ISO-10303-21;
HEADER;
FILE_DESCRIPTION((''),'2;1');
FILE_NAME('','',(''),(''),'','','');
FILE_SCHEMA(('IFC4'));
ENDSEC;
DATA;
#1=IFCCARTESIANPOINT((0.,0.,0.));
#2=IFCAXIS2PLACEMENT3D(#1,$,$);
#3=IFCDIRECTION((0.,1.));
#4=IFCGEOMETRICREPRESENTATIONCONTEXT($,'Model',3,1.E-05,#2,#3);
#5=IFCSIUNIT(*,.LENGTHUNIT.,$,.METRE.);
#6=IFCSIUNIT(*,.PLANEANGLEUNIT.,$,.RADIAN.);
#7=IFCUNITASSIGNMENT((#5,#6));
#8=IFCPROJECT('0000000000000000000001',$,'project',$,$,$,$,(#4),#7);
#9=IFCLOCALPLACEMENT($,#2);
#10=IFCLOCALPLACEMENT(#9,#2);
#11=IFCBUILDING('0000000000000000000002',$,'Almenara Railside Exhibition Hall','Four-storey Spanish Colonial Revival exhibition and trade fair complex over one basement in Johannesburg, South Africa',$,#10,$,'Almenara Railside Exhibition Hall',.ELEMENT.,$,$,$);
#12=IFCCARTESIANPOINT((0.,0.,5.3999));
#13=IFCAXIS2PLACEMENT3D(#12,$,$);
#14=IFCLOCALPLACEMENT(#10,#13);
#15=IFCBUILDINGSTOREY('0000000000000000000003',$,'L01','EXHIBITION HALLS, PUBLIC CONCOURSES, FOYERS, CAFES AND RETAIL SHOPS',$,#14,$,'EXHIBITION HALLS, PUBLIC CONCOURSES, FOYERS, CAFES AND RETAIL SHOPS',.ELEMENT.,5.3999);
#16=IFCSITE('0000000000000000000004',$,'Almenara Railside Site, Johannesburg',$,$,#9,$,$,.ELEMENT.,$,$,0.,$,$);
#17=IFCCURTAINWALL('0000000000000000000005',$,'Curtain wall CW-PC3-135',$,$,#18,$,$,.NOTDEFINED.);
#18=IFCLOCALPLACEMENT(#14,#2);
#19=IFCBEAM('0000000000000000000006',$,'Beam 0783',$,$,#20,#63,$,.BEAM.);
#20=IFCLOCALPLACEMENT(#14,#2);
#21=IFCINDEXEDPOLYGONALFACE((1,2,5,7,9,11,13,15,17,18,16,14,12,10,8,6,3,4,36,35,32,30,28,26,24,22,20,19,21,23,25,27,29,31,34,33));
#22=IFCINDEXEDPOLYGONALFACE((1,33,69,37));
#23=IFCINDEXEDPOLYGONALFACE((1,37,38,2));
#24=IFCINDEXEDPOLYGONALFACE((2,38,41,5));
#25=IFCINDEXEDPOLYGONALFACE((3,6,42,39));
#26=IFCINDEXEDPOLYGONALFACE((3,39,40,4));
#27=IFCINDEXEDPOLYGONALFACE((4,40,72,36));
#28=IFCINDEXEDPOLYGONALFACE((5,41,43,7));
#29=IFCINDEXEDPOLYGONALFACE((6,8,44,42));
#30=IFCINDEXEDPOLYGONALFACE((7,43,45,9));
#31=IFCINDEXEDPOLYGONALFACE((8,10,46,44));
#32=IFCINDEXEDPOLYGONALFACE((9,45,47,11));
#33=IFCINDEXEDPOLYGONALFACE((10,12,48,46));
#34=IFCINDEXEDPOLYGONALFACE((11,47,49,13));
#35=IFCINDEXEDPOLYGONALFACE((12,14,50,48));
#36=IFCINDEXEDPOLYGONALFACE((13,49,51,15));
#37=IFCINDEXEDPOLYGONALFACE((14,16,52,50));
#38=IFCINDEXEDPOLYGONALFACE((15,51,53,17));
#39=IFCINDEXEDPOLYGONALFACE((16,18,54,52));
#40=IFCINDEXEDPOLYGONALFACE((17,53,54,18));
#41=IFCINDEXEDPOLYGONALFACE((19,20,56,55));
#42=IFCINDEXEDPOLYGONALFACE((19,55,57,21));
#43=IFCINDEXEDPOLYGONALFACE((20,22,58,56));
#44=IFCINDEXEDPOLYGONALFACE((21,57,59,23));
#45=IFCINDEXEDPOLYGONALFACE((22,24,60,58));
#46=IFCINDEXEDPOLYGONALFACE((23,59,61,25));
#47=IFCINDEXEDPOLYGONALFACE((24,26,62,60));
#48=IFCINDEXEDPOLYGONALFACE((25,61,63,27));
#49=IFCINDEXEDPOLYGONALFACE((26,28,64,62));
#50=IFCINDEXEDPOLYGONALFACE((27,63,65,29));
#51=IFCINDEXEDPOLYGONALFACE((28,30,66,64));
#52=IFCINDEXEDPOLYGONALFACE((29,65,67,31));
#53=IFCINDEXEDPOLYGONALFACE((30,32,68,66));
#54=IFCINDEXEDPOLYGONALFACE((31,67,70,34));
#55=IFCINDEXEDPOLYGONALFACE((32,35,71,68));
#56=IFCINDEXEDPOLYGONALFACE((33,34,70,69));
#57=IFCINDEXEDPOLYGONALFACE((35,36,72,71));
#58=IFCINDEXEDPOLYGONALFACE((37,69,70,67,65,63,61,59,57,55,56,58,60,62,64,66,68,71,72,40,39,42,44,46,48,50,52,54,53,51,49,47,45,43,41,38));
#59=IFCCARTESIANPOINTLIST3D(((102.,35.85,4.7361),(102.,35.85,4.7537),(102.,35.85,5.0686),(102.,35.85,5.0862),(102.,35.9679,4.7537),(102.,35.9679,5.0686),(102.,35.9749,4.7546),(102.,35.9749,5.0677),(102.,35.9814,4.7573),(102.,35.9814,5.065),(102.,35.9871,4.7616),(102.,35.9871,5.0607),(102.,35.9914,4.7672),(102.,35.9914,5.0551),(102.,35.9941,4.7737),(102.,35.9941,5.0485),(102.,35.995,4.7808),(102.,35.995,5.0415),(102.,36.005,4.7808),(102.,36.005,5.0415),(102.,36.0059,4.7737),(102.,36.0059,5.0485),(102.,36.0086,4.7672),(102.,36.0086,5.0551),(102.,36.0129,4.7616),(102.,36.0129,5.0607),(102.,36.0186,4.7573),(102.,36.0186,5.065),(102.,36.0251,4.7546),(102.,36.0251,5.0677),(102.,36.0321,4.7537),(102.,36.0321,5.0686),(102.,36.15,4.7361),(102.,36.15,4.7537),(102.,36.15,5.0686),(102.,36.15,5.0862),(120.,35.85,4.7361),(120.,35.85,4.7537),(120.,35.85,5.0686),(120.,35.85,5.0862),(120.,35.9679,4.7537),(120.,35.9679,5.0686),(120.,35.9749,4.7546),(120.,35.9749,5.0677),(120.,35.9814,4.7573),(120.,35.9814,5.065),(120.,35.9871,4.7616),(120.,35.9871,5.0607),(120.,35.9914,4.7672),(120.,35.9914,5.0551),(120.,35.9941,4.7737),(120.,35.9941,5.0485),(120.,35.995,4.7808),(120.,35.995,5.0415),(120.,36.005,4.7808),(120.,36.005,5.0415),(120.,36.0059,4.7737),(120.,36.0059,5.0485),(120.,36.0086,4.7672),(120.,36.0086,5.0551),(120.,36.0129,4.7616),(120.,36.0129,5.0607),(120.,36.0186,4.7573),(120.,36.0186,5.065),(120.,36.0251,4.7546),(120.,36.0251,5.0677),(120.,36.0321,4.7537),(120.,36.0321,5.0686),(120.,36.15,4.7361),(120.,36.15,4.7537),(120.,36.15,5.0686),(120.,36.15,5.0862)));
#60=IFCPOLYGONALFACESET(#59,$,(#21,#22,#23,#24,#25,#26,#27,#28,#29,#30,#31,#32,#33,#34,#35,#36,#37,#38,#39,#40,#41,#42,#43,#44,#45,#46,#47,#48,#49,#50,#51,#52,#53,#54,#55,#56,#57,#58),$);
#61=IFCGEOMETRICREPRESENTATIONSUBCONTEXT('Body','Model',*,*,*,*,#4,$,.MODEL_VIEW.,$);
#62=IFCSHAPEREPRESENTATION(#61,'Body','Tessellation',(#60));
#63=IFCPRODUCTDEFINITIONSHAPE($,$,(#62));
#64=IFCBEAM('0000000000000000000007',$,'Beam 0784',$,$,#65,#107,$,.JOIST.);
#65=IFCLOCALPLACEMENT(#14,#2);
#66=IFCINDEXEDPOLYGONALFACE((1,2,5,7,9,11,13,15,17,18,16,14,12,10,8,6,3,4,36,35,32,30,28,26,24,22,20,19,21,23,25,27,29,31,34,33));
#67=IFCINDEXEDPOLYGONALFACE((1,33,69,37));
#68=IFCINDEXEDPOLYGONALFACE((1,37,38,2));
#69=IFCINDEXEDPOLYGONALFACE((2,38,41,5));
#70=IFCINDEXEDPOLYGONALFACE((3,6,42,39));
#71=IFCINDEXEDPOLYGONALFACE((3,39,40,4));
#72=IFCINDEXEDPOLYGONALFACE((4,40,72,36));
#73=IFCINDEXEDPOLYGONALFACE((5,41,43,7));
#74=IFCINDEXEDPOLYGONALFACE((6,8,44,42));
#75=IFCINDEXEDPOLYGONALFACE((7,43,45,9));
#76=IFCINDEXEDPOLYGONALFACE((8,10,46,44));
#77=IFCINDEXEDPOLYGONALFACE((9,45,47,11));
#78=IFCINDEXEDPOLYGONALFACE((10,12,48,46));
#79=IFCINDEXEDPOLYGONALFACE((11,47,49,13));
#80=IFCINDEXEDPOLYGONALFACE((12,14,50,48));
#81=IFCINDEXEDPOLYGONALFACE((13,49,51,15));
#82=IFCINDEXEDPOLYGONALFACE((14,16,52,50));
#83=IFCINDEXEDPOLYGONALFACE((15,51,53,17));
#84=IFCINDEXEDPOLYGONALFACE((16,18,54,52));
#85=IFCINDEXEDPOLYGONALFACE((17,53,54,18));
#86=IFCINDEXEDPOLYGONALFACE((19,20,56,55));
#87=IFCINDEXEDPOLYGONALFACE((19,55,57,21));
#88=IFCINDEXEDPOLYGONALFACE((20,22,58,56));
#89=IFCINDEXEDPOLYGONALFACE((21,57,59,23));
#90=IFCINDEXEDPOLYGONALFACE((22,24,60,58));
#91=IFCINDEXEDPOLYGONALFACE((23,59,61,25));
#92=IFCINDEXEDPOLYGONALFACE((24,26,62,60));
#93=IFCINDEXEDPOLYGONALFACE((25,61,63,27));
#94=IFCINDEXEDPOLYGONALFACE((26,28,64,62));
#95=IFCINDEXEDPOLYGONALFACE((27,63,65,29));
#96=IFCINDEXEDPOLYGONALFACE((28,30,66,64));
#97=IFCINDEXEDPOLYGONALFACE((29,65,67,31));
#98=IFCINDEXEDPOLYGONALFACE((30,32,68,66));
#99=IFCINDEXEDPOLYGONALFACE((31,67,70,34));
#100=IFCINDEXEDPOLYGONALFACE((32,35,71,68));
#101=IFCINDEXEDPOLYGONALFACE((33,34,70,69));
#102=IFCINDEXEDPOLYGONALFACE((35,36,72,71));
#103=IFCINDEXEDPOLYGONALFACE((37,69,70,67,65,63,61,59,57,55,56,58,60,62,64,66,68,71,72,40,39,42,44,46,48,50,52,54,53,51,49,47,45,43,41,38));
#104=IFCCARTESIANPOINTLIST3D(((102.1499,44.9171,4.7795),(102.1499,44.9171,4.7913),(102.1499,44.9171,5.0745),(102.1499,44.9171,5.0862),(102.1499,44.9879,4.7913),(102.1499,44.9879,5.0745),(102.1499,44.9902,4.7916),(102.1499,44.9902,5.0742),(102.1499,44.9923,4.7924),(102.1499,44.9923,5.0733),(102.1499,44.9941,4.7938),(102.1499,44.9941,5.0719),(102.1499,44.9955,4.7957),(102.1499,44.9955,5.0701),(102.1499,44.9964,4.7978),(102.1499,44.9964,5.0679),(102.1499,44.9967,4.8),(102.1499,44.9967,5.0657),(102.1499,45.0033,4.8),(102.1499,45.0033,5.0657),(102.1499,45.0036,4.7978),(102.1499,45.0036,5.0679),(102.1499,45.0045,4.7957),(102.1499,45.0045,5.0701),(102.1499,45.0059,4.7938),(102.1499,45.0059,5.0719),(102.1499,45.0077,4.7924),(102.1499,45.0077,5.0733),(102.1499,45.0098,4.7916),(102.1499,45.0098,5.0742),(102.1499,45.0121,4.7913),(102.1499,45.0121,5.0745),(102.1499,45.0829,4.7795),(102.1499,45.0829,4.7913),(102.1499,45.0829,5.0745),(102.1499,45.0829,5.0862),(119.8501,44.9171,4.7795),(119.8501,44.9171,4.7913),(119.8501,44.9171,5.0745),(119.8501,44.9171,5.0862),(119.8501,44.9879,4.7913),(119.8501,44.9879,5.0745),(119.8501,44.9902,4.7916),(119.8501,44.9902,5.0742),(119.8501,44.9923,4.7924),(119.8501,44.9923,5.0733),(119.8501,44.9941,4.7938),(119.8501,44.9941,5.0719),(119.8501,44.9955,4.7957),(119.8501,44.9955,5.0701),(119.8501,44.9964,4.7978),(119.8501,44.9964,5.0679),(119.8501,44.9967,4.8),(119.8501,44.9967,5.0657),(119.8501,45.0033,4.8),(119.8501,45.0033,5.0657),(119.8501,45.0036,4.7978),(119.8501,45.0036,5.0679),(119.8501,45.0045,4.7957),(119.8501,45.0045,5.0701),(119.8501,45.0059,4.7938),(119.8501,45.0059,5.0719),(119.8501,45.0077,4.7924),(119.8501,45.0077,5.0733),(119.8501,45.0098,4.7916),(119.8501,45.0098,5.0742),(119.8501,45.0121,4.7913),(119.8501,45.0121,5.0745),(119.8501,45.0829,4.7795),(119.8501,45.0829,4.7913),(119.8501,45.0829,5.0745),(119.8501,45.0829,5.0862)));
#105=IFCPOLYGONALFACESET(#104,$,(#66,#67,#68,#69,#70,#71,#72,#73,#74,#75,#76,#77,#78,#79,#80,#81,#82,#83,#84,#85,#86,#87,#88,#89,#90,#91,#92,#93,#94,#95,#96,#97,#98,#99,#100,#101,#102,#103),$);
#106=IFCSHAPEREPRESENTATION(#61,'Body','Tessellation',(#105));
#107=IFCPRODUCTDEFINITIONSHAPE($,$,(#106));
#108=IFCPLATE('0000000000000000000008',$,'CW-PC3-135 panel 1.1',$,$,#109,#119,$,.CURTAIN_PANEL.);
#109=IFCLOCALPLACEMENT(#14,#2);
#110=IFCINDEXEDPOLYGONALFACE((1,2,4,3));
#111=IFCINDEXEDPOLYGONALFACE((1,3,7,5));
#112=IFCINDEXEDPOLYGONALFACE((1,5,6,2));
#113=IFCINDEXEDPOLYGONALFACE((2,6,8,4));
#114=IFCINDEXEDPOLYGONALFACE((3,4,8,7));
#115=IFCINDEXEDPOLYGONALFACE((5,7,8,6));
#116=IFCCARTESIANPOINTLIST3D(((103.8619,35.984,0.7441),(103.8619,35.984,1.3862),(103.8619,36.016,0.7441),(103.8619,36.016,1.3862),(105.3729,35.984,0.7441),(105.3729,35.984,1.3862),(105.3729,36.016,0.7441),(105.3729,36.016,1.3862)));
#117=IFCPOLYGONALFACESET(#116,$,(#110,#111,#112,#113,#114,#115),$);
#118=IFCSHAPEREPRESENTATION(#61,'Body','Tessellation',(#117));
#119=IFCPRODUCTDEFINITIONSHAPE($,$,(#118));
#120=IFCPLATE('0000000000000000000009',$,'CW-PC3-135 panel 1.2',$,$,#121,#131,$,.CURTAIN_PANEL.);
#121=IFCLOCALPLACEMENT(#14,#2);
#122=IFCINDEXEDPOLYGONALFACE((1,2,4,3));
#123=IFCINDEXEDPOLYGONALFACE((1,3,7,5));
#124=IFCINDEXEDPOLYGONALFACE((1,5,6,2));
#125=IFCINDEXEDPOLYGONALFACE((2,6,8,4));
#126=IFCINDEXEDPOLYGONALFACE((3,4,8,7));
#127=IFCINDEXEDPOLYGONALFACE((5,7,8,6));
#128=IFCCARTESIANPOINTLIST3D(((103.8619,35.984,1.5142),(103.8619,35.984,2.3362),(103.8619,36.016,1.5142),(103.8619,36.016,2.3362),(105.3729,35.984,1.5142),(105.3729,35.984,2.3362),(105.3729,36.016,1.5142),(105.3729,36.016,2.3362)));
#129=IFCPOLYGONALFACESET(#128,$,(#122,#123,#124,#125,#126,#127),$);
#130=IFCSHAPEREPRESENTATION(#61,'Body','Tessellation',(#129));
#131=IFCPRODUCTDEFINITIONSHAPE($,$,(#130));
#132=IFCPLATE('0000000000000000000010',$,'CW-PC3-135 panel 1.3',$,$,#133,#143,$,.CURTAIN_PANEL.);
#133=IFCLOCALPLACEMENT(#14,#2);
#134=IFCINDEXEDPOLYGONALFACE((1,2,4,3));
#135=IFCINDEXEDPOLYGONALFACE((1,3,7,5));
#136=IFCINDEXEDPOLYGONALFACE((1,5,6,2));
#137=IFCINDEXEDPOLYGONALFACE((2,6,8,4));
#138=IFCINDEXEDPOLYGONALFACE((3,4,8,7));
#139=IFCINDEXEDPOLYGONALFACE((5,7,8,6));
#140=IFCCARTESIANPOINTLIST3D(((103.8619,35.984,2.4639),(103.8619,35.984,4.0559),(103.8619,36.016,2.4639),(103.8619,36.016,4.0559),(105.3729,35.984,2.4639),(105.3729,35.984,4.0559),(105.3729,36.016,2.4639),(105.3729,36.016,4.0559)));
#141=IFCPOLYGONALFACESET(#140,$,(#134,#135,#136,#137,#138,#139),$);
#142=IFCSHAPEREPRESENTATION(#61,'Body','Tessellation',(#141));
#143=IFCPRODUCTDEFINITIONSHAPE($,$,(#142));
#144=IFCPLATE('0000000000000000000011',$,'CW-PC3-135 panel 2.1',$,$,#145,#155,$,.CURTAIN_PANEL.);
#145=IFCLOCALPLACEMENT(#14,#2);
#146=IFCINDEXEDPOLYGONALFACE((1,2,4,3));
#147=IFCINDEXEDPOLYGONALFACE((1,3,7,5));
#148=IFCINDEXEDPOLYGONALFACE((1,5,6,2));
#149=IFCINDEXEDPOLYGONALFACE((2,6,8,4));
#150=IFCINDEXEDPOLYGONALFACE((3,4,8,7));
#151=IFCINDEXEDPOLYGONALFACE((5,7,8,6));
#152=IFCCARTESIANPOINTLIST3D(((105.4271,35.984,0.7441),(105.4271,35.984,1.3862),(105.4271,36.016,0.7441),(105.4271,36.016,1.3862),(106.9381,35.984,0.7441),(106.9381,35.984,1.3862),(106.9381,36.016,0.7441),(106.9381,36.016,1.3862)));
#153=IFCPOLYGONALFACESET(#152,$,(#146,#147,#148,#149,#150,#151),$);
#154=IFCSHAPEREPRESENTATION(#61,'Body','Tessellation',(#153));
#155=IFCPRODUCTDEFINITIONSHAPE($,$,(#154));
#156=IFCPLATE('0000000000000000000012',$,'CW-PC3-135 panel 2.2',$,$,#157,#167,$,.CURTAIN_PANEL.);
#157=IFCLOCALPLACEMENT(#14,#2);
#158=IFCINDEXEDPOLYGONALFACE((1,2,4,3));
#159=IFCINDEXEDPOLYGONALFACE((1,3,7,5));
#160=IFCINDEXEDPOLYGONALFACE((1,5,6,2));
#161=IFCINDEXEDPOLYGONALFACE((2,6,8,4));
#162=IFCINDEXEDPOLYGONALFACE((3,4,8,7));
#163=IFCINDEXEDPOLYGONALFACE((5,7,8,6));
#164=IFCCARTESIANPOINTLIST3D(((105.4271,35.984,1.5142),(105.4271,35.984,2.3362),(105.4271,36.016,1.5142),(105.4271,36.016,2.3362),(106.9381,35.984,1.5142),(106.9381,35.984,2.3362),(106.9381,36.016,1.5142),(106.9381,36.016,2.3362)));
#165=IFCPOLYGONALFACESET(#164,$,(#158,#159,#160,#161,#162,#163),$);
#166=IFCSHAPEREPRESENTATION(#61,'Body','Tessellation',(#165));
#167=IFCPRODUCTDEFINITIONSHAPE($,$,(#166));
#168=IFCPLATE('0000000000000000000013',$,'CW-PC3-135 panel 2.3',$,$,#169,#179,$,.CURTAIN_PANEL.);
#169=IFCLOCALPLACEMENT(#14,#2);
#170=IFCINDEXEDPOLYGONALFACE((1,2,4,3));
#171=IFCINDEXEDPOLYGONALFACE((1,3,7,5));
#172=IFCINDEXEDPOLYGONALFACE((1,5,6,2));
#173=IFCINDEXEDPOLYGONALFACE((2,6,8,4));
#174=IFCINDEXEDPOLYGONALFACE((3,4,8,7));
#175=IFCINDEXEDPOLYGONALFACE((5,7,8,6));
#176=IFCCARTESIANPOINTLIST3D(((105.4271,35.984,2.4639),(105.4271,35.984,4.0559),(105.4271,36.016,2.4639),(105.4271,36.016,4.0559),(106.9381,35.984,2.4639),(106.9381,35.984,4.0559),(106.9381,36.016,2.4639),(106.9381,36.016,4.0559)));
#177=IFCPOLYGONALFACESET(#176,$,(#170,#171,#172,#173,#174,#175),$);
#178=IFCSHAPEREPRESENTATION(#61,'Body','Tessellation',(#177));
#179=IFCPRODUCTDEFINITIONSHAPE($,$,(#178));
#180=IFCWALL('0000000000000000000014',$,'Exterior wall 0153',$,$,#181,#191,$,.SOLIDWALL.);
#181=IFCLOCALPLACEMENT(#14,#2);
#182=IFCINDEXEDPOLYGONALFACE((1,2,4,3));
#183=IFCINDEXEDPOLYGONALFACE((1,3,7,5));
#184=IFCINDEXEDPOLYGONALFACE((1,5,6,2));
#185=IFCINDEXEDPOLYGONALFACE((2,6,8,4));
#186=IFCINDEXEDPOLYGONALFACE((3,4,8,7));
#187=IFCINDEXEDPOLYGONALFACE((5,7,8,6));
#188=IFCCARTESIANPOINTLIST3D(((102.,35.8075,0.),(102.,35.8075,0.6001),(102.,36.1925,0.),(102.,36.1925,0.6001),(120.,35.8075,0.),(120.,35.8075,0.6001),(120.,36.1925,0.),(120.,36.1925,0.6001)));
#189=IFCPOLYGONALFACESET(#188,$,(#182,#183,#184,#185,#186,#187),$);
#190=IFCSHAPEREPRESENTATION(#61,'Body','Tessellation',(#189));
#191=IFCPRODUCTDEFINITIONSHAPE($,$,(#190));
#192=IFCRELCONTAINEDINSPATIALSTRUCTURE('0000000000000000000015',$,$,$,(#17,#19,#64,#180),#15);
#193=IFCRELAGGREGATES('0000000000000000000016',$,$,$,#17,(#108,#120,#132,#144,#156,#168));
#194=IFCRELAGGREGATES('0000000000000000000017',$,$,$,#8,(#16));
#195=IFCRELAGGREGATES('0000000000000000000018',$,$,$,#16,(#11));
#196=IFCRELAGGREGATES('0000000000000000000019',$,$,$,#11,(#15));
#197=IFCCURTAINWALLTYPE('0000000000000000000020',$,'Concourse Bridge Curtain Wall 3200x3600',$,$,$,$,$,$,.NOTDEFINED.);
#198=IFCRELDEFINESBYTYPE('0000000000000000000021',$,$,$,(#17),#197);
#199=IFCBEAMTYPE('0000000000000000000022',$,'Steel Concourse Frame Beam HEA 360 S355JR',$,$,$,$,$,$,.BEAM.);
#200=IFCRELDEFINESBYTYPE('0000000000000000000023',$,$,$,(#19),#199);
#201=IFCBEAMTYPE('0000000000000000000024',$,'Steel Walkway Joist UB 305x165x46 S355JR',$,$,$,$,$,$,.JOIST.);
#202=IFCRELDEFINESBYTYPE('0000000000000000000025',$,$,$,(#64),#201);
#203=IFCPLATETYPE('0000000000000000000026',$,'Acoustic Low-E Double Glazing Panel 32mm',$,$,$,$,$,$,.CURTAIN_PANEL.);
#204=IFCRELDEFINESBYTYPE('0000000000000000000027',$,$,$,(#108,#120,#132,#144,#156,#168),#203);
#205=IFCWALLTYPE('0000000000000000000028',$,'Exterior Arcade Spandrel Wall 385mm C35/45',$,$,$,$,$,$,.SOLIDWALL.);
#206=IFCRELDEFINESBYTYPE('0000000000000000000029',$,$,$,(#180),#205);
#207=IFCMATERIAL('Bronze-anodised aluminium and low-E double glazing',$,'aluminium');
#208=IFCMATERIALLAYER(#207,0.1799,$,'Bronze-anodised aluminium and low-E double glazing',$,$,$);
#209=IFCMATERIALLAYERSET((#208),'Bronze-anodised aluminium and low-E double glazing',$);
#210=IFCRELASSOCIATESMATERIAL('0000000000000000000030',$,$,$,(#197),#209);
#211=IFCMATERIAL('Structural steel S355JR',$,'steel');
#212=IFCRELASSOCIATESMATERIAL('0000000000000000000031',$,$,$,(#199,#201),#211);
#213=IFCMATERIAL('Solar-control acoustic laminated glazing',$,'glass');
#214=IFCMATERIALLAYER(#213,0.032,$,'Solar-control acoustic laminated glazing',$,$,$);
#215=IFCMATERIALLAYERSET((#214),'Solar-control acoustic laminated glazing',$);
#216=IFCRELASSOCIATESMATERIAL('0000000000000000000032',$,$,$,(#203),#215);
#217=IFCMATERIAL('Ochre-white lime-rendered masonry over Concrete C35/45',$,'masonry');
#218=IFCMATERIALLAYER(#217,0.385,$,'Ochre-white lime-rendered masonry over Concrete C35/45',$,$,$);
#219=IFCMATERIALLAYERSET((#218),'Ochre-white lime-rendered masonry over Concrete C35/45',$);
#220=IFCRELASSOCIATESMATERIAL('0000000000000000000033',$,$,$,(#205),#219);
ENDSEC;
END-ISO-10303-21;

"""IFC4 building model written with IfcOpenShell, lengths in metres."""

from ifc_helpers import new_model, si_unit, direction, frame, frame_2d, origin, origin_2d, place, context, subcontext, project, spatial, rectangle, i_section, extrude, material, layer, layer_set, material_profile, profile_set, type_object, element, aggregate, save


model = new_model("IFC4")

# Units and contexts
model_context = context("Model", 3, precision=1e-05, world=origin(), true_north=direction((0.0, 1.0)))
body_context = subcontext(model_context, "Body", "Model", "MODEL_VIEW")
ifc_project = project(units=[si_unit("LENGTHUNIT", "METRE"), si_unit("PLANEANGLEUNIT", "RADIAN")], contexts=[model_context])

# Site, building, storey
site_placement = place(None, origin())
site = spatial("IfcSite", under=ifc_project, at=site_placement, Name="Almenara Railside Site, Johannesburg", CompositionType="ELEMENT", RefElevation=0.0)
building_placement = place(site_placement, origin())
building = spatial("IfcBuilding", under=site, at=building_placement, Name="Almenara Railside Exhibition Hall", Description="Four-storey Spanish Colonial Revival exhibition and trade fair complex over one basement in Johannesburg, South Africa", LongName="Almenara Railside Exhibition Hall", CompositionType="ELEMENT")
storey_placement = place(building_placement, frame((0.0, 0.0, 5.3999)))
storey = spatial("IfcBuildingStorey", under=building, at=storey_placement, Name="L01", Description="EXHIBITION HALLS, PUBLIC CONCOURSES, FOYERS, CAFES AND RETAIL SHOPS", LongName="EXHIBITION HALLS, PUBLIC CONCOURSES, FOYERS, CAFES AND RETAIL SHOPS", CompositionType="ELEMENT", Elevation=5.3999)

# Shared definitions
ifc_material_1 = material(Name="Bronze-anodised aluminium and low-E double glazing", Category="aluminium")
ifc_layer_1 = layer(ifc_material_1, 0.1799, Name="Bronze-anodised aluminium and low-E double glazing")
ifc_layer_set_1 = layer_set([ifc_layer_1], Name="Bronze-anodised aluminium and low-E double glazing")
curtain_wall_type = type_object("IfcCurtainWallType", Name="Concourse Bridge Curtain Wall 3200x3600", PredefinedType="NOTDEFINED", material=ifc_layer_set_1)

# Curtain wall
curtain_wall_1_placement = place(storey_placement, origin())
curtain_wall_1 = element("IfcCurtainWall", 1, at=curtain_wall_1_placement, inside=storey, type_object=curtain_wall_type, Name="Curtain wall CW-PC3-135", PredefinedType="NOTDEFINED")

# Beams
ifc_material_2 = material(Name="Structural steel S355JR", Category="steel")
ifc_material_profile_1 = material_profile(ifc_material_2, i_section(OverallWidth=0.3, OverallDepth=0.3501, WebThickness=0.01, FlangeThickness=0.0176, FilletRadius=0.0271, at=origin_2d()), Name="HEA 360")
ifc_profile_set_1 = profile_set([ifc_material_profile_1], Name="Structural steel S355JR")
beam_type_1 = type_object("IfcBeamType", Name="Steel Concourse Frame Beam HEA 360 S355JR", PredefinedType="BEAM", material=ifc_profile_set_1)
beam_1_placement = place(storey_placement, frame((102.0, 36.0, 4.9111), z_axis=(1.0, 0.0, 0.0), x_axis=(0.0, 1.0, 0.0)))
element("IfcBeam", 2, at=beam_1_placement, inside=storey, type_object=beam_type_1, Name="Beam 0783", PredefinedType="BEAM", context=body_context, shape_type="SweptSolid", body=[
    extrude(i_section(OverallWidth=0.3, OverallDepth=0.3501, WebThickness=0.01, FlangeThickness=0.0176, FilletRadius=0.0271, at=origin_2d()), origin(), (0.0, 0.0, 1.0), 18.0),
])
ifc_material_profile_2 = material_profile(ifc_material_2, i_section(OverallWidth=0.1658, OverallDepth=0.3066, WebThickness=0.0066, FlangeThickness=0.0117, FilletRadius=0.0088, at=origin_2d()), Name="UB 305x165x46")
ifc_profile_set_2 = profile_set([ifc_material_profile_2], Name="Structural steel S355JR")
beam_type_2 = type_object("IfcBeamType", Name="Steel Walkway Joist UB 305x165x46 S355JR", PredefinedType="JOIST", material=ifc_profile_set_2)
beam_2_placement = place(storey_placement, frame((102.1499, 45.0, 4.9329), z_axis=(1.0, 0.0, 0.0), x_axis=(0.0, 1.0, 0.0)))
element("IfcBeam", 3, at=beam_2_placement, inside=storey, type_object=beam_type_2, Name="Beam 0784", PredefinedType="JOIST", context=body_context, shape_type="SweptSolid", body=[
    extrude(i_section(OverallWidth=0.1658, OverallDepth=0.3066, WebThickness=0.0066, FlangeThickness=0.0117, FilletRadius=0.0088, at=origin_2d()), origin(), (0.0, 0.0, 1.0), 17.7002),
])

# Plates
ifc_material_3 = material(Name="Solar-control acoustic laminated glazing", Category="glass")
ifc_layer_2 = layer(ifc_material_3, 0.032, Name="Solar-control acoustic laminated glazing")
ifc_layer_set_2 = layer_set([ifc_layer_2], Name="Solar-control acoustic laminated glazing")
plate_type = type_object("IfcPlateType", Name="Acoustic Low-E Double Glazing Panel 32mm", PredefinedType="CURTAIN_PANEL", material=ifc_layer_set_2)
plate_1_placement = place(storey_placement, frame((104.6174, 36.0, 0.7441), z_axis=(0.0, 0.0, 1.0), x_axis=(1.0, 0.0, 0.0)))
plate_1 = element("IfcPlate", 4, at=plate_1_placement, type_object=plate_type, Name="CW-PC3-135 panel 1.1", PredefinedType="CURTAIN_PANEL", context=body_context, shape_type="SweptSolid", body=[
    extrude(rectangle(XDim=1.511, YDim=0.032, at=origin_2d()), origin(), (0.0, 0.0, 1.0), 0.6421),
])
plate_2_placement = place(storey_placement, frame((104.6174, 36.0, 1.5142), z_axis=(0.0, 0.0, 1.0), x_axis=(1.0, 0.0, 0.0)))
plate_2 = element("IfcPlate", 5, at=plate_2_placement, type_object=plate_type, Name="CW-PC3-135 panel 1.2", PredefinedType="CURTAIN_PANEL", context=body_context, shape_type="SweptSolid", body=[
    extrude(rectangle(XDim=1.511, YDim=0.032, at=origin_2d()), origin(), (0.0, 0.0, 1.0), 0.822),
])
plate_3_placement = place(storey_placement, frame((104.6174, 36.0, 2.4639), z_axis=(0.0, 0.0, 1.0), x_axis=(1.0, 0.0, 0.0)))
plate_3 = element("IfcPlate", 6, at=plate_3_placement, type_object=plate_type, Name="CW-PC3-135 panel 1.3", PredefinedType="CURTAIN_PANEL", context=body_context, shape_type="SweptSolid", body=[
    extrude(rectangle(XDim=1.511, YDim=0.032, at=origin_2d()), origin(), (0.0, 0.0, 1.0), 1.592),
])
plate_4_placement = place(storey_placement, frame((106.1826, 36.0, 0.7441), z_axis=(0.0, 0.0, 1.0), x_axis=(1.0, 0.0, 0.0)))
plate_4 = element("IfcPlate", 7, at=plate_4_placement, type_object=plate_type, Name="CW-PC3-135 panel 2.1", PredefinedType="CURTAIN_PANEL", context=body_context, shape_type="SweptSolid", body=[
    extrude(rectangle(XDim=1.511, YDim=0.032, at=origin_2d()), origin(), (0.0, 0.0, 1.0), 0.6421),
])
plate_5_placement = place(storey_placement, frame((106.1826, 36.0, 1.5142), z_axis=(0.0, 0.0, 1.0), x_axis=(1.0, 0.0, 0.0)))
plate_5 = element("IfcPlate", 8, at=plate_5_placement, type_object=plate_type, Name="CW-PC3-135 panel 2.2", PredefinedType="CURTAIN_PANEL", context=body_context, shape_type="SweptSolid", body=[
    extrude(rectangle(XDim=1.511, YDim=0.032, at=origin_2d()), origin(), (0.0, 0.0, 1.0), 0.822),
])
plate_6_placement = place(storey_placement, frame((106.1826, 36.0, 2.4639), z_axis=(0.0, 0.0, 1.0), x_axis=(1.0, 0.0, 0.0)))
plate_6 = element("IfcPlate", 9, at=plate_6_placement, type_object=plate_type, Name="CW-PC3-135 panel 2.3", PredefinedType="CURTAIN_PANEL", context=body_context, shape_type="SweptSolid", body=[
    extrude(rectangle(XDim=1.511, YDim=0.032, at=origin_2d()), origin(), (0.0, 0.0, 1.0), 1.592),
])
aggregate(curtain_wall_1, [plate_1, plate_2, plate_3, plate_4, plate_5, plate_6])

# Wall
ifc_material_4 = material(Name="Ochre-white lime-rendered masonry over Concrete C35/45", Category="masonry")
ifc_layer_3 = layer(ifc_material_4, 0.385, Name="Ochre-white lime-rendered masonry over Concrete C35/45")
ifc_layer_set_3 = layer_set([ifc_layer_3], Name="Ochre-white lime-rendered masonry over Concrete C35/45")
wall_type = type_object("IfcWallType", Name="Exterior Arcade Spandrel Wall 385mm C35/45", PredefinedType="SOLIDWALL", material=ifc_layer_set_3)
wall_placement = place(storey_placement, frame((102.0, 36.0, 0.0), z_axis=(0.0, 0.0, 1.0), x_axis=(1.0, 0.0, 0.0)))
element("IfcWall", 10, at=wall_placement, inside=storey, type_object=wall_type, Name="Exterior wall 0153", PredefinedType="SOLIDWALL", context=body_context, shape_type="SweptSolid", body=[
    extrude(rectangle(XDim=18.0, YDim=0.385, at=frame_2d((9.0, 0.0))), origin(), (0.0, 0.0, 1.0), 0.6001),
])

save(model, "model.ifc")
